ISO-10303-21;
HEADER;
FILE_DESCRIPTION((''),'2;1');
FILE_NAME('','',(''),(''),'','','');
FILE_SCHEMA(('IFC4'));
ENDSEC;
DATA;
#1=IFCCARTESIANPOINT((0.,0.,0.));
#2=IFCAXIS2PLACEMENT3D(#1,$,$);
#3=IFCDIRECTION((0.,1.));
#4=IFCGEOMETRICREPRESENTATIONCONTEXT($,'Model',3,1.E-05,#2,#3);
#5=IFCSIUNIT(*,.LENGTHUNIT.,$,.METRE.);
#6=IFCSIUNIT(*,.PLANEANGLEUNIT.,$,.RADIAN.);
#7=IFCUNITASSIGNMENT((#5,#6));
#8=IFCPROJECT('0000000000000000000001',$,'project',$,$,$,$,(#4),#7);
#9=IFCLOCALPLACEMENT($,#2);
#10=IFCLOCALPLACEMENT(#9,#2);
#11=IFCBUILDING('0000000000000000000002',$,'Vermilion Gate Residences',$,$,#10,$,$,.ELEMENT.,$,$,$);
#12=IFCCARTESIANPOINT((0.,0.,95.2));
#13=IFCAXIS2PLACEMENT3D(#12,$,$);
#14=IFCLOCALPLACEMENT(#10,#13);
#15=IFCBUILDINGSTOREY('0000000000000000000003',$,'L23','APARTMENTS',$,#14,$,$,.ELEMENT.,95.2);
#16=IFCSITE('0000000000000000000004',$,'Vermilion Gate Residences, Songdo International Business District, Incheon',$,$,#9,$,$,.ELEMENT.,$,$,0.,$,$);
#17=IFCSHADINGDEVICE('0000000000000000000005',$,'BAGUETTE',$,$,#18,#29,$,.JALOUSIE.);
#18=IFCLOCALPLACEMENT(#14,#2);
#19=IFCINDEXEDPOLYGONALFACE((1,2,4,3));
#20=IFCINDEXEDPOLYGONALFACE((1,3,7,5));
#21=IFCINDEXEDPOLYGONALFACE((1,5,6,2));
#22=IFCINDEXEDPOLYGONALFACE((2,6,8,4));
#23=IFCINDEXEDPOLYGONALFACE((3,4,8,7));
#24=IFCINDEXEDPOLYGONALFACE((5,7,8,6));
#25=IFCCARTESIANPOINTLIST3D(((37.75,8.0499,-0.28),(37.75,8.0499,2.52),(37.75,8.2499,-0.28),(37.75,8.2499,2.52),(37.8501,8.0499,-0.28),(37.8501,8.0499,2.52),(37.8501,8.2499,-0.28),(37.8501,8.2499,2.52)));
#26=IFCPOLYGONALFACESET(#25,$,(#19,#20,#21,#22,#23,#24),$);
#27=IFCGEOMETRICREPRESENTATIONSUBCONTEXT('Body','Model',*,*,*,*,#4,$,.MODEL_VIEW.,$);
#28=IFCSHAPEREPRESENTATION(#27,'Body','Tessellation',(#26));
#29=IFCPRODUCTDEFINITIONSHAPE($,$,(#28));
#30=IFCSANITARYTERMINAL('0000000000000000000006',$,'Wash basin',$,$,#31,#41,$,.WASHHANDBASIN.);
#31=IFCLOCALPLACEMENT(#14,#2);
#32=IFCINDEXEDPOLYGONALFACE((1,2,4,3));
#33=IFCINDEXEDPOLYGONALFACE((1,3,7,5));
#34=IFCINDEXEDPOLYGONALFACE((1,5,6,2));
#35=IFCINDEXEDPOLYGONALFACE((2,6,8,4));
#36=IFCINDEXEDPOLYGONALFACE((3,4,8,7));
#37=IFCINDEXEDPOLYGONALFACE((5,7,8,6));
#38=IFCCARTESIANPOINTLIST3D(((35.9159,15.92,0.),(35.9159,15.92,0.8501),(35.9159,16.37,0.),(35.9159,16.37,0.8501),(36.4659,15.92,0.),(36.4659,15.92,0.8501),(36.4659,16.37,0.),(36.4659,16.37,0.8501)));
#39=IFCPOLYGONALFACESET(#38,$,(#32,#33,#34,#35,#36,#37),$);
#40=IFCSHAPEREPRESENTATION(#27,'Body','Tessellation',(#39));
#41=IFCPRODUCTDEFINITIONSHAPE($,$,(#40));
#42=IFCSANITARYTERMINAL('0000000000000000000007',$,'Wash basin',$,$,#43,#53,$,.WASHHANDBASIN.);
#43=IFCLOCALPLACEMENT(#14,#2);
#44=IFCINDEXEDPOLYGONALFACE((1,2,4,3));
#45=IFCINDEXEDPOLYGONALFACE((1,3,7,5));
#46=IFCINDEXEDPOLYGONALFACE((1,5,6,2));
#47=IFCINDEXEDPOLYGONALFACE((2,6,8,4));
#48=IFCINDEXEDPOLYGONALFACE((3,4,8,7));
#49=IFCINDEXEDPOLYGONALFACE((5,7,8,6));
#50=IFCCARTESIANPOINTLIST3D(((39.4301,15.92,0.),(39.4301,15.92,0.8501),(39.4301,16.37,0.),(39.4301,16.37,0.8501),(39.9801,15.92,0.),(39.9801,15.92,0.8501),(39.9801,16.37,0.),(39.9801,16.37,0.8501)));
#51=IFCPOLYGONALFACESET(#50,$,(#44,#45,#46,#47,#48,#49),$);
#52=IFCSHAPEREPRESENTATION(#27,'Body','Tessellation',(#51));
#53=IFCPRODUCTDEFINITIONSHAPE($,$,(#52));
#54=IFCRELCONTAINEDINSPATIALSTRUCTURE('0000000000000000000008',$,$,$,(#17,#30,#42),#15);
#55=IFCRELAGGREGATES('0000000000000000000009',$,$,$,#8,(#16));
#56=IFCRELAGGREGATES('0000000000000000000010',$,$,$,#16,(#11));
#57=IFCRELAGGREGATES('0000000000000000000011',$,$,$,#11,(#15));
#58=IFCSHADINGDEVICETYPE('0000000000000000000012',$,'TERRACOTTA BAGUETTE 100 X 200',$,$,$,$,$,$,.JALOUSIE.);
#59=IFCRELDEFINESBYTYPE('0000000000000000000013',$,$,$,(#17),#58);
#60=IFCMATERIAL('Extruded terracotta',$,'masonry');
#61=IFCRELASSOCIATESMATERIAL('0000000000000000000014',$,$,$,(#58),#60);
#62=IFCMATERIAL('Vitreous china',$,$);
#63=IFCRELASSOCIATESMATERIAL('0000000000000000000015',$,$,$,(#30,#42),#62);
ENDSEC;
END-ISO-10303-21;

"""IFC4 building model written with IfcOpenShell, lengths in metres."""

from ifc_helpers import new_model, si_unit, direction, frame, origin, origin_2d, place, context, subcontext, project, spatial, rectangle, extrude, material, material_profile, profile_set, type_object, element, save


model = new_model("IFC4")

# Units and contexts
model_context = context("Model", 3, precision=1e-05, world=origin(), true_north=direction((0.0, 1.0)))
body_context = subcontext(model_context, "Body", "Model", "MODEL_VIEW")
ifc_project = project(units=[si_unit("LENGTHUNIT", "METRE"), si_unit("PLANEANGLEUNIT", "RADIAN")], contexts=[model_context])

# Site, building, storey
site_placement = place(None, origin())
site = spatial("IfcSite", under=ifc_project, at=site_placement, Name="Vermilion Gate Residences, Songdo International Business District, Incheon", CompositionType="ELEMENT", RefElevation=0.0)
building_placement = place(site_placement, origin())
building = spatial("IfcBuilding", under=site, at=building_placement, Name="Vermilion Gate Residences", CompositionType="ELEMENT")
storey_placement = place(building_placement, frame((0.0, 0.0, 95.2)))
storey = spatial("IfcBuildingStorey", under=building, at=storey_placement, Name="L23", Description="APARTMENTS", CompositionType="ELEMENT", Elevation=95.2)

# Shading device
ifc_material_1 = material(Name="Extruded terracotta", Category="masonry")
ifc_material_profile_1 = material_profile(ifc_material_1, rectangle(XDim=0.2, YDim=0.1001, at=origin_2d()), Name="BAGUETTE 100 X 200")
ifc_profile_set_1 = profile_set([ifc_material_profile_1], Name="Extruded terracotta")
shading_device_type = type_object("IfcShadingDeviceType", Name="TERRACOTTA BAGUETTE 100 X 200", PredefinedType="JALOUSIE", material=ifc_profile_set_1)
shading_device_placement = place(storey_placement, frame((37.8, 8.1499, -0.28), z_axis=(0.0, 0.0, 1.0), x_axis=(0.0, 1.0, 0.0)))
element("IfcShadingDevice", 1, at=shading_device_placement, inside=storey, type_object=shading_device_type, Name="BAGUETTE", PredefinedType="JALOUSIE", context=body_context, shape_type="SweptSolid", body=[
    extrude(rectangle(XDim=0.2, YDim=0.1001, at=origin_2d()), origin(), (0.0, 0.0, 1.0), 2.8),
])

# Sanitary terminals
ifc_material_2 = material(Name="Vitreous china")
for number, where, z_axis, x_axis, name in (
    (2, (36.1909, 16.145, 0.0), (0.0, 0.0, 1.0), (1.0, 0.0, 0.0), "Wash basin"),
    (3, (39.7051, 16.145, 0.0), (0.0, 0.0, 1.0), (1.0, 0.0, 0.0), "Wash basin"),
):
    element("IfcSanitaryTerminal", number, at=place(storey_placement, frame(where, z_axis=z_axis, x_axis=x_axis)), inside=storey, material=ifc_material_2, Name=name, PredefinedType="WASHHANDBASIN", context=body_context, shape_type="SweptSolid", body=[
        extrude(rectangle(XDim=0.55, YDim=0.45, at=origin_2d()), origin(), (0.0, 0.0, 1.0), 0.8501),
    ])

save(model, "model.ifc")
